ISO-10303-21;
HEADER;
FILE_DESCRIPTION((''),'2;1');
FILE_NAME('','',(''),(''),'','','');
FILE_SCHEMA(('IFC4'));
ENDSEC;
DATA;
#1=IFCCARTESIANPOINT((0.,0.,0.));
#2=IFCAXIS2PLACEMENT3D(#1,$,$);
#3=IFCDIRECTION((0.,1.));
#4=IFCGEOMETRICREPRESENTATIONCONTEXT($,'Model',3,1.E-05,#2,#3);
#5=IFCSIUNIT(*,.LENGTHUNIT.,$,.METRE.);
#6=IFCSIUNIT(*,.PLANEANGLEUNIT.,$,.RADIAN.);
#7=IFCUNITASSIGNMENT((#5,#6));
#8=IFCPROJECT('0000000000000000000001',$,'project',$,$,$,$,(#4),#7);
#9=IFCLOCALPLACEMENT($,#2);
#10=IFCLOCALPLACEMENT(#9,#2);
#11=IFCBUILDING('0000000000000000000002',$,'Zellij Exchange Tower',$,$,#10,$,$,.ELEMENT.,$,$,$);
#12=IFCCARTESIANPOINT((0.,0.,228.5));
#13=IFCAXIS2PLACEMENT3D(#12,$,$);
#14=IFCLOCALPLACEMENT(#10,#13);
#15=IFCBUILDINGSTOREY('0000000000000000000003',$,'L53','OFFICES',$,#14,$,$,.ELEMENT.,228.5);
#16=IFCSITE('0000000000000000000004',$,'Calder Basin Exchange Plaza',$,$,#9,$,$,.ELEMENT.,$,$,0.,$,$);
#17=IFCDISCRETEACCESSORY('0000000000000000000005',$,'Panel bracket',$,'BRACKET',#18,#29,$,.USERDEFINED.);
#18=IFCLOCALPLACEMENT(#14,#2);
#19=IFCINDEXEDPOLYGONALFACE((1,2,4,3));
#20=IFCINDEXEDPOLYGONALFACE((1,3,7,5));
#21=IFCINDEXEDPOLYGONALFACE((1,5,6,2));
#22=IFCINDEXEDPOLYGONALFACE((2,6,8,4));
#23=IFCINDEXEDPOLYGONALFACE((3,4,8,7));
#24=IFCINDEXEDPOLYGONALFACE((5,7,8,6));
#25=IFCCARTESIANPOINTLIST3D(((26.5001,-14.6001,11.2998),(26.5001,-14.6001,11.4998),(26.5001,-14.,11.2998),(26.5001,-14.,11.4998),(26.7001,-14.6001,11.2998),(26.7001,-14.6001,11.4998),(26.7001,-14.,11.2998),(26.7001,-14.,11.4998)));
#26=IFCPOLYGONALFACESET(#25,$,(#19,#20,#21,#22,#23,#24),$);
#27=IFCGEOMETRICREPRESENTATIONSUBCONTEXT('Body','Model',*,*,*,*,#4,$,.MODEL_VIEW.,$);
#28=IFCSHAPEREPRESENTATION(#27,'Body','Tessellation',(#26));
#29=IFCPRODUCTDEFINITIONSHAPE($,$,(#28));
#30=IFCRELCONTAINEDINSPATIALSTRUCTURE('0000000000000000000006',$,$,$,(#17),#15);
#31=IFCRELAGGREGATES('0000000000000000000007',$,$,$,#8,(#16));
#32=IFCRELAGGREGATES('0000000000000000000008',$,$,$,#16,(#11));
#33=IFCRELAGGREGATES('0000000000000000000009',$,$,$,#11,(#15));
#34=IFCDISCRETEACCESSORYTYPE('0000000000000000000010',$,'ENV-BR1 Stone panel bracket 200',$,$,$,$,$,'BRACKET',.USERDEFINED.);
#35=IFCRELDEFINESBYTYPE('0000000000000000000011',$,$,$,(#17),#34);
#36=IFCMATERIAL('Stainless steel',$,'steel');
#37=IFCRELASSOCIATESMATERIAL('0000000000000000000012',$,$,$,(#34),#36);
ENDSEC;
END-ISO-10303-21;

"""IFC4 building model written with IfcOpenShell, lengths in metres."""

from ifc_helpers import new_model, si_unit, direction, frame, origin, origin_2d, place, context, subcontext, project, spatial, rectangle, extrude, material, type_object, element, save


model = new_model("IFC4")

# Units and contexts
model_context = context("Model", 3, precision=1e-05, world=origin(), true_north=direction((0.0, 1.0)))
body_context = subcontext(model_context, "Body", "Model", "MODEL_VIEW")
ifc_project = project(units=[si_unit("LENGTHUNIT", "METRE"), si_unit("PLANEANGLEUNIT", "RADIAN")], contexts=[model_context])

# Site, building, storey
site_placement = place(None, origin())
site = spatial("IfcSite", under=ifc_project, at=site_placement, Name="Calder Basin Exchange Plaza", CompositionType="ELEMENT", RefElevation=0.0)
building_placement = place(site_placement, origin())
building = spatial("IfcBuilding", under=site, at=building_placement, Name="Zellij Exchange Tower", CompositionType="ELEMENT")
storey_placement = place(building_placement, frame((0.0, 0.0, 228.5)))
storey = spatial("IfcBuildingStorey", under=building, at=storey_placement, Name="L53", Description="OFFICES", CompositionType="ELEMENT", Elevation=228.5)

# Discrete accessory
ifc_material_1 = material(Name="Stainless steel", Category="steel")
discrete_accessory_type = type_object("IfcDiscreteAccessoryType", Name="ENV-BR1 Stone panel bracket 200", ElementType="BRACKET", PredefinedType="USERDEFINED", material=ifc_material_1)
for number, where, z_axis, x_axis, name in (
    (1, (26.6001, -14.3, 11.2998), (0.0, 0.0, 1.0), (1.0, 0.0, 0.0), "Panel bracket"),
):
    element("IfcDiscreteAccessory", number, at=place(storey_placement, frame(where, z_axis=z_axis, x_axis=x_axis)), inside=storey, type_object=discrete_accessory_type, Name=name, ObjectType="BRACKET", PredefinedType="USERDEFINED", context=body_context, shape_type="SweptSolid", body=[
        extrude(rectangle(XDim=0.2, YDim=0.6001, at=origin_2d()), origin(), (0.0, 0.0, 1.0), 0.2),
    ])

save(model, "model.ifc")
